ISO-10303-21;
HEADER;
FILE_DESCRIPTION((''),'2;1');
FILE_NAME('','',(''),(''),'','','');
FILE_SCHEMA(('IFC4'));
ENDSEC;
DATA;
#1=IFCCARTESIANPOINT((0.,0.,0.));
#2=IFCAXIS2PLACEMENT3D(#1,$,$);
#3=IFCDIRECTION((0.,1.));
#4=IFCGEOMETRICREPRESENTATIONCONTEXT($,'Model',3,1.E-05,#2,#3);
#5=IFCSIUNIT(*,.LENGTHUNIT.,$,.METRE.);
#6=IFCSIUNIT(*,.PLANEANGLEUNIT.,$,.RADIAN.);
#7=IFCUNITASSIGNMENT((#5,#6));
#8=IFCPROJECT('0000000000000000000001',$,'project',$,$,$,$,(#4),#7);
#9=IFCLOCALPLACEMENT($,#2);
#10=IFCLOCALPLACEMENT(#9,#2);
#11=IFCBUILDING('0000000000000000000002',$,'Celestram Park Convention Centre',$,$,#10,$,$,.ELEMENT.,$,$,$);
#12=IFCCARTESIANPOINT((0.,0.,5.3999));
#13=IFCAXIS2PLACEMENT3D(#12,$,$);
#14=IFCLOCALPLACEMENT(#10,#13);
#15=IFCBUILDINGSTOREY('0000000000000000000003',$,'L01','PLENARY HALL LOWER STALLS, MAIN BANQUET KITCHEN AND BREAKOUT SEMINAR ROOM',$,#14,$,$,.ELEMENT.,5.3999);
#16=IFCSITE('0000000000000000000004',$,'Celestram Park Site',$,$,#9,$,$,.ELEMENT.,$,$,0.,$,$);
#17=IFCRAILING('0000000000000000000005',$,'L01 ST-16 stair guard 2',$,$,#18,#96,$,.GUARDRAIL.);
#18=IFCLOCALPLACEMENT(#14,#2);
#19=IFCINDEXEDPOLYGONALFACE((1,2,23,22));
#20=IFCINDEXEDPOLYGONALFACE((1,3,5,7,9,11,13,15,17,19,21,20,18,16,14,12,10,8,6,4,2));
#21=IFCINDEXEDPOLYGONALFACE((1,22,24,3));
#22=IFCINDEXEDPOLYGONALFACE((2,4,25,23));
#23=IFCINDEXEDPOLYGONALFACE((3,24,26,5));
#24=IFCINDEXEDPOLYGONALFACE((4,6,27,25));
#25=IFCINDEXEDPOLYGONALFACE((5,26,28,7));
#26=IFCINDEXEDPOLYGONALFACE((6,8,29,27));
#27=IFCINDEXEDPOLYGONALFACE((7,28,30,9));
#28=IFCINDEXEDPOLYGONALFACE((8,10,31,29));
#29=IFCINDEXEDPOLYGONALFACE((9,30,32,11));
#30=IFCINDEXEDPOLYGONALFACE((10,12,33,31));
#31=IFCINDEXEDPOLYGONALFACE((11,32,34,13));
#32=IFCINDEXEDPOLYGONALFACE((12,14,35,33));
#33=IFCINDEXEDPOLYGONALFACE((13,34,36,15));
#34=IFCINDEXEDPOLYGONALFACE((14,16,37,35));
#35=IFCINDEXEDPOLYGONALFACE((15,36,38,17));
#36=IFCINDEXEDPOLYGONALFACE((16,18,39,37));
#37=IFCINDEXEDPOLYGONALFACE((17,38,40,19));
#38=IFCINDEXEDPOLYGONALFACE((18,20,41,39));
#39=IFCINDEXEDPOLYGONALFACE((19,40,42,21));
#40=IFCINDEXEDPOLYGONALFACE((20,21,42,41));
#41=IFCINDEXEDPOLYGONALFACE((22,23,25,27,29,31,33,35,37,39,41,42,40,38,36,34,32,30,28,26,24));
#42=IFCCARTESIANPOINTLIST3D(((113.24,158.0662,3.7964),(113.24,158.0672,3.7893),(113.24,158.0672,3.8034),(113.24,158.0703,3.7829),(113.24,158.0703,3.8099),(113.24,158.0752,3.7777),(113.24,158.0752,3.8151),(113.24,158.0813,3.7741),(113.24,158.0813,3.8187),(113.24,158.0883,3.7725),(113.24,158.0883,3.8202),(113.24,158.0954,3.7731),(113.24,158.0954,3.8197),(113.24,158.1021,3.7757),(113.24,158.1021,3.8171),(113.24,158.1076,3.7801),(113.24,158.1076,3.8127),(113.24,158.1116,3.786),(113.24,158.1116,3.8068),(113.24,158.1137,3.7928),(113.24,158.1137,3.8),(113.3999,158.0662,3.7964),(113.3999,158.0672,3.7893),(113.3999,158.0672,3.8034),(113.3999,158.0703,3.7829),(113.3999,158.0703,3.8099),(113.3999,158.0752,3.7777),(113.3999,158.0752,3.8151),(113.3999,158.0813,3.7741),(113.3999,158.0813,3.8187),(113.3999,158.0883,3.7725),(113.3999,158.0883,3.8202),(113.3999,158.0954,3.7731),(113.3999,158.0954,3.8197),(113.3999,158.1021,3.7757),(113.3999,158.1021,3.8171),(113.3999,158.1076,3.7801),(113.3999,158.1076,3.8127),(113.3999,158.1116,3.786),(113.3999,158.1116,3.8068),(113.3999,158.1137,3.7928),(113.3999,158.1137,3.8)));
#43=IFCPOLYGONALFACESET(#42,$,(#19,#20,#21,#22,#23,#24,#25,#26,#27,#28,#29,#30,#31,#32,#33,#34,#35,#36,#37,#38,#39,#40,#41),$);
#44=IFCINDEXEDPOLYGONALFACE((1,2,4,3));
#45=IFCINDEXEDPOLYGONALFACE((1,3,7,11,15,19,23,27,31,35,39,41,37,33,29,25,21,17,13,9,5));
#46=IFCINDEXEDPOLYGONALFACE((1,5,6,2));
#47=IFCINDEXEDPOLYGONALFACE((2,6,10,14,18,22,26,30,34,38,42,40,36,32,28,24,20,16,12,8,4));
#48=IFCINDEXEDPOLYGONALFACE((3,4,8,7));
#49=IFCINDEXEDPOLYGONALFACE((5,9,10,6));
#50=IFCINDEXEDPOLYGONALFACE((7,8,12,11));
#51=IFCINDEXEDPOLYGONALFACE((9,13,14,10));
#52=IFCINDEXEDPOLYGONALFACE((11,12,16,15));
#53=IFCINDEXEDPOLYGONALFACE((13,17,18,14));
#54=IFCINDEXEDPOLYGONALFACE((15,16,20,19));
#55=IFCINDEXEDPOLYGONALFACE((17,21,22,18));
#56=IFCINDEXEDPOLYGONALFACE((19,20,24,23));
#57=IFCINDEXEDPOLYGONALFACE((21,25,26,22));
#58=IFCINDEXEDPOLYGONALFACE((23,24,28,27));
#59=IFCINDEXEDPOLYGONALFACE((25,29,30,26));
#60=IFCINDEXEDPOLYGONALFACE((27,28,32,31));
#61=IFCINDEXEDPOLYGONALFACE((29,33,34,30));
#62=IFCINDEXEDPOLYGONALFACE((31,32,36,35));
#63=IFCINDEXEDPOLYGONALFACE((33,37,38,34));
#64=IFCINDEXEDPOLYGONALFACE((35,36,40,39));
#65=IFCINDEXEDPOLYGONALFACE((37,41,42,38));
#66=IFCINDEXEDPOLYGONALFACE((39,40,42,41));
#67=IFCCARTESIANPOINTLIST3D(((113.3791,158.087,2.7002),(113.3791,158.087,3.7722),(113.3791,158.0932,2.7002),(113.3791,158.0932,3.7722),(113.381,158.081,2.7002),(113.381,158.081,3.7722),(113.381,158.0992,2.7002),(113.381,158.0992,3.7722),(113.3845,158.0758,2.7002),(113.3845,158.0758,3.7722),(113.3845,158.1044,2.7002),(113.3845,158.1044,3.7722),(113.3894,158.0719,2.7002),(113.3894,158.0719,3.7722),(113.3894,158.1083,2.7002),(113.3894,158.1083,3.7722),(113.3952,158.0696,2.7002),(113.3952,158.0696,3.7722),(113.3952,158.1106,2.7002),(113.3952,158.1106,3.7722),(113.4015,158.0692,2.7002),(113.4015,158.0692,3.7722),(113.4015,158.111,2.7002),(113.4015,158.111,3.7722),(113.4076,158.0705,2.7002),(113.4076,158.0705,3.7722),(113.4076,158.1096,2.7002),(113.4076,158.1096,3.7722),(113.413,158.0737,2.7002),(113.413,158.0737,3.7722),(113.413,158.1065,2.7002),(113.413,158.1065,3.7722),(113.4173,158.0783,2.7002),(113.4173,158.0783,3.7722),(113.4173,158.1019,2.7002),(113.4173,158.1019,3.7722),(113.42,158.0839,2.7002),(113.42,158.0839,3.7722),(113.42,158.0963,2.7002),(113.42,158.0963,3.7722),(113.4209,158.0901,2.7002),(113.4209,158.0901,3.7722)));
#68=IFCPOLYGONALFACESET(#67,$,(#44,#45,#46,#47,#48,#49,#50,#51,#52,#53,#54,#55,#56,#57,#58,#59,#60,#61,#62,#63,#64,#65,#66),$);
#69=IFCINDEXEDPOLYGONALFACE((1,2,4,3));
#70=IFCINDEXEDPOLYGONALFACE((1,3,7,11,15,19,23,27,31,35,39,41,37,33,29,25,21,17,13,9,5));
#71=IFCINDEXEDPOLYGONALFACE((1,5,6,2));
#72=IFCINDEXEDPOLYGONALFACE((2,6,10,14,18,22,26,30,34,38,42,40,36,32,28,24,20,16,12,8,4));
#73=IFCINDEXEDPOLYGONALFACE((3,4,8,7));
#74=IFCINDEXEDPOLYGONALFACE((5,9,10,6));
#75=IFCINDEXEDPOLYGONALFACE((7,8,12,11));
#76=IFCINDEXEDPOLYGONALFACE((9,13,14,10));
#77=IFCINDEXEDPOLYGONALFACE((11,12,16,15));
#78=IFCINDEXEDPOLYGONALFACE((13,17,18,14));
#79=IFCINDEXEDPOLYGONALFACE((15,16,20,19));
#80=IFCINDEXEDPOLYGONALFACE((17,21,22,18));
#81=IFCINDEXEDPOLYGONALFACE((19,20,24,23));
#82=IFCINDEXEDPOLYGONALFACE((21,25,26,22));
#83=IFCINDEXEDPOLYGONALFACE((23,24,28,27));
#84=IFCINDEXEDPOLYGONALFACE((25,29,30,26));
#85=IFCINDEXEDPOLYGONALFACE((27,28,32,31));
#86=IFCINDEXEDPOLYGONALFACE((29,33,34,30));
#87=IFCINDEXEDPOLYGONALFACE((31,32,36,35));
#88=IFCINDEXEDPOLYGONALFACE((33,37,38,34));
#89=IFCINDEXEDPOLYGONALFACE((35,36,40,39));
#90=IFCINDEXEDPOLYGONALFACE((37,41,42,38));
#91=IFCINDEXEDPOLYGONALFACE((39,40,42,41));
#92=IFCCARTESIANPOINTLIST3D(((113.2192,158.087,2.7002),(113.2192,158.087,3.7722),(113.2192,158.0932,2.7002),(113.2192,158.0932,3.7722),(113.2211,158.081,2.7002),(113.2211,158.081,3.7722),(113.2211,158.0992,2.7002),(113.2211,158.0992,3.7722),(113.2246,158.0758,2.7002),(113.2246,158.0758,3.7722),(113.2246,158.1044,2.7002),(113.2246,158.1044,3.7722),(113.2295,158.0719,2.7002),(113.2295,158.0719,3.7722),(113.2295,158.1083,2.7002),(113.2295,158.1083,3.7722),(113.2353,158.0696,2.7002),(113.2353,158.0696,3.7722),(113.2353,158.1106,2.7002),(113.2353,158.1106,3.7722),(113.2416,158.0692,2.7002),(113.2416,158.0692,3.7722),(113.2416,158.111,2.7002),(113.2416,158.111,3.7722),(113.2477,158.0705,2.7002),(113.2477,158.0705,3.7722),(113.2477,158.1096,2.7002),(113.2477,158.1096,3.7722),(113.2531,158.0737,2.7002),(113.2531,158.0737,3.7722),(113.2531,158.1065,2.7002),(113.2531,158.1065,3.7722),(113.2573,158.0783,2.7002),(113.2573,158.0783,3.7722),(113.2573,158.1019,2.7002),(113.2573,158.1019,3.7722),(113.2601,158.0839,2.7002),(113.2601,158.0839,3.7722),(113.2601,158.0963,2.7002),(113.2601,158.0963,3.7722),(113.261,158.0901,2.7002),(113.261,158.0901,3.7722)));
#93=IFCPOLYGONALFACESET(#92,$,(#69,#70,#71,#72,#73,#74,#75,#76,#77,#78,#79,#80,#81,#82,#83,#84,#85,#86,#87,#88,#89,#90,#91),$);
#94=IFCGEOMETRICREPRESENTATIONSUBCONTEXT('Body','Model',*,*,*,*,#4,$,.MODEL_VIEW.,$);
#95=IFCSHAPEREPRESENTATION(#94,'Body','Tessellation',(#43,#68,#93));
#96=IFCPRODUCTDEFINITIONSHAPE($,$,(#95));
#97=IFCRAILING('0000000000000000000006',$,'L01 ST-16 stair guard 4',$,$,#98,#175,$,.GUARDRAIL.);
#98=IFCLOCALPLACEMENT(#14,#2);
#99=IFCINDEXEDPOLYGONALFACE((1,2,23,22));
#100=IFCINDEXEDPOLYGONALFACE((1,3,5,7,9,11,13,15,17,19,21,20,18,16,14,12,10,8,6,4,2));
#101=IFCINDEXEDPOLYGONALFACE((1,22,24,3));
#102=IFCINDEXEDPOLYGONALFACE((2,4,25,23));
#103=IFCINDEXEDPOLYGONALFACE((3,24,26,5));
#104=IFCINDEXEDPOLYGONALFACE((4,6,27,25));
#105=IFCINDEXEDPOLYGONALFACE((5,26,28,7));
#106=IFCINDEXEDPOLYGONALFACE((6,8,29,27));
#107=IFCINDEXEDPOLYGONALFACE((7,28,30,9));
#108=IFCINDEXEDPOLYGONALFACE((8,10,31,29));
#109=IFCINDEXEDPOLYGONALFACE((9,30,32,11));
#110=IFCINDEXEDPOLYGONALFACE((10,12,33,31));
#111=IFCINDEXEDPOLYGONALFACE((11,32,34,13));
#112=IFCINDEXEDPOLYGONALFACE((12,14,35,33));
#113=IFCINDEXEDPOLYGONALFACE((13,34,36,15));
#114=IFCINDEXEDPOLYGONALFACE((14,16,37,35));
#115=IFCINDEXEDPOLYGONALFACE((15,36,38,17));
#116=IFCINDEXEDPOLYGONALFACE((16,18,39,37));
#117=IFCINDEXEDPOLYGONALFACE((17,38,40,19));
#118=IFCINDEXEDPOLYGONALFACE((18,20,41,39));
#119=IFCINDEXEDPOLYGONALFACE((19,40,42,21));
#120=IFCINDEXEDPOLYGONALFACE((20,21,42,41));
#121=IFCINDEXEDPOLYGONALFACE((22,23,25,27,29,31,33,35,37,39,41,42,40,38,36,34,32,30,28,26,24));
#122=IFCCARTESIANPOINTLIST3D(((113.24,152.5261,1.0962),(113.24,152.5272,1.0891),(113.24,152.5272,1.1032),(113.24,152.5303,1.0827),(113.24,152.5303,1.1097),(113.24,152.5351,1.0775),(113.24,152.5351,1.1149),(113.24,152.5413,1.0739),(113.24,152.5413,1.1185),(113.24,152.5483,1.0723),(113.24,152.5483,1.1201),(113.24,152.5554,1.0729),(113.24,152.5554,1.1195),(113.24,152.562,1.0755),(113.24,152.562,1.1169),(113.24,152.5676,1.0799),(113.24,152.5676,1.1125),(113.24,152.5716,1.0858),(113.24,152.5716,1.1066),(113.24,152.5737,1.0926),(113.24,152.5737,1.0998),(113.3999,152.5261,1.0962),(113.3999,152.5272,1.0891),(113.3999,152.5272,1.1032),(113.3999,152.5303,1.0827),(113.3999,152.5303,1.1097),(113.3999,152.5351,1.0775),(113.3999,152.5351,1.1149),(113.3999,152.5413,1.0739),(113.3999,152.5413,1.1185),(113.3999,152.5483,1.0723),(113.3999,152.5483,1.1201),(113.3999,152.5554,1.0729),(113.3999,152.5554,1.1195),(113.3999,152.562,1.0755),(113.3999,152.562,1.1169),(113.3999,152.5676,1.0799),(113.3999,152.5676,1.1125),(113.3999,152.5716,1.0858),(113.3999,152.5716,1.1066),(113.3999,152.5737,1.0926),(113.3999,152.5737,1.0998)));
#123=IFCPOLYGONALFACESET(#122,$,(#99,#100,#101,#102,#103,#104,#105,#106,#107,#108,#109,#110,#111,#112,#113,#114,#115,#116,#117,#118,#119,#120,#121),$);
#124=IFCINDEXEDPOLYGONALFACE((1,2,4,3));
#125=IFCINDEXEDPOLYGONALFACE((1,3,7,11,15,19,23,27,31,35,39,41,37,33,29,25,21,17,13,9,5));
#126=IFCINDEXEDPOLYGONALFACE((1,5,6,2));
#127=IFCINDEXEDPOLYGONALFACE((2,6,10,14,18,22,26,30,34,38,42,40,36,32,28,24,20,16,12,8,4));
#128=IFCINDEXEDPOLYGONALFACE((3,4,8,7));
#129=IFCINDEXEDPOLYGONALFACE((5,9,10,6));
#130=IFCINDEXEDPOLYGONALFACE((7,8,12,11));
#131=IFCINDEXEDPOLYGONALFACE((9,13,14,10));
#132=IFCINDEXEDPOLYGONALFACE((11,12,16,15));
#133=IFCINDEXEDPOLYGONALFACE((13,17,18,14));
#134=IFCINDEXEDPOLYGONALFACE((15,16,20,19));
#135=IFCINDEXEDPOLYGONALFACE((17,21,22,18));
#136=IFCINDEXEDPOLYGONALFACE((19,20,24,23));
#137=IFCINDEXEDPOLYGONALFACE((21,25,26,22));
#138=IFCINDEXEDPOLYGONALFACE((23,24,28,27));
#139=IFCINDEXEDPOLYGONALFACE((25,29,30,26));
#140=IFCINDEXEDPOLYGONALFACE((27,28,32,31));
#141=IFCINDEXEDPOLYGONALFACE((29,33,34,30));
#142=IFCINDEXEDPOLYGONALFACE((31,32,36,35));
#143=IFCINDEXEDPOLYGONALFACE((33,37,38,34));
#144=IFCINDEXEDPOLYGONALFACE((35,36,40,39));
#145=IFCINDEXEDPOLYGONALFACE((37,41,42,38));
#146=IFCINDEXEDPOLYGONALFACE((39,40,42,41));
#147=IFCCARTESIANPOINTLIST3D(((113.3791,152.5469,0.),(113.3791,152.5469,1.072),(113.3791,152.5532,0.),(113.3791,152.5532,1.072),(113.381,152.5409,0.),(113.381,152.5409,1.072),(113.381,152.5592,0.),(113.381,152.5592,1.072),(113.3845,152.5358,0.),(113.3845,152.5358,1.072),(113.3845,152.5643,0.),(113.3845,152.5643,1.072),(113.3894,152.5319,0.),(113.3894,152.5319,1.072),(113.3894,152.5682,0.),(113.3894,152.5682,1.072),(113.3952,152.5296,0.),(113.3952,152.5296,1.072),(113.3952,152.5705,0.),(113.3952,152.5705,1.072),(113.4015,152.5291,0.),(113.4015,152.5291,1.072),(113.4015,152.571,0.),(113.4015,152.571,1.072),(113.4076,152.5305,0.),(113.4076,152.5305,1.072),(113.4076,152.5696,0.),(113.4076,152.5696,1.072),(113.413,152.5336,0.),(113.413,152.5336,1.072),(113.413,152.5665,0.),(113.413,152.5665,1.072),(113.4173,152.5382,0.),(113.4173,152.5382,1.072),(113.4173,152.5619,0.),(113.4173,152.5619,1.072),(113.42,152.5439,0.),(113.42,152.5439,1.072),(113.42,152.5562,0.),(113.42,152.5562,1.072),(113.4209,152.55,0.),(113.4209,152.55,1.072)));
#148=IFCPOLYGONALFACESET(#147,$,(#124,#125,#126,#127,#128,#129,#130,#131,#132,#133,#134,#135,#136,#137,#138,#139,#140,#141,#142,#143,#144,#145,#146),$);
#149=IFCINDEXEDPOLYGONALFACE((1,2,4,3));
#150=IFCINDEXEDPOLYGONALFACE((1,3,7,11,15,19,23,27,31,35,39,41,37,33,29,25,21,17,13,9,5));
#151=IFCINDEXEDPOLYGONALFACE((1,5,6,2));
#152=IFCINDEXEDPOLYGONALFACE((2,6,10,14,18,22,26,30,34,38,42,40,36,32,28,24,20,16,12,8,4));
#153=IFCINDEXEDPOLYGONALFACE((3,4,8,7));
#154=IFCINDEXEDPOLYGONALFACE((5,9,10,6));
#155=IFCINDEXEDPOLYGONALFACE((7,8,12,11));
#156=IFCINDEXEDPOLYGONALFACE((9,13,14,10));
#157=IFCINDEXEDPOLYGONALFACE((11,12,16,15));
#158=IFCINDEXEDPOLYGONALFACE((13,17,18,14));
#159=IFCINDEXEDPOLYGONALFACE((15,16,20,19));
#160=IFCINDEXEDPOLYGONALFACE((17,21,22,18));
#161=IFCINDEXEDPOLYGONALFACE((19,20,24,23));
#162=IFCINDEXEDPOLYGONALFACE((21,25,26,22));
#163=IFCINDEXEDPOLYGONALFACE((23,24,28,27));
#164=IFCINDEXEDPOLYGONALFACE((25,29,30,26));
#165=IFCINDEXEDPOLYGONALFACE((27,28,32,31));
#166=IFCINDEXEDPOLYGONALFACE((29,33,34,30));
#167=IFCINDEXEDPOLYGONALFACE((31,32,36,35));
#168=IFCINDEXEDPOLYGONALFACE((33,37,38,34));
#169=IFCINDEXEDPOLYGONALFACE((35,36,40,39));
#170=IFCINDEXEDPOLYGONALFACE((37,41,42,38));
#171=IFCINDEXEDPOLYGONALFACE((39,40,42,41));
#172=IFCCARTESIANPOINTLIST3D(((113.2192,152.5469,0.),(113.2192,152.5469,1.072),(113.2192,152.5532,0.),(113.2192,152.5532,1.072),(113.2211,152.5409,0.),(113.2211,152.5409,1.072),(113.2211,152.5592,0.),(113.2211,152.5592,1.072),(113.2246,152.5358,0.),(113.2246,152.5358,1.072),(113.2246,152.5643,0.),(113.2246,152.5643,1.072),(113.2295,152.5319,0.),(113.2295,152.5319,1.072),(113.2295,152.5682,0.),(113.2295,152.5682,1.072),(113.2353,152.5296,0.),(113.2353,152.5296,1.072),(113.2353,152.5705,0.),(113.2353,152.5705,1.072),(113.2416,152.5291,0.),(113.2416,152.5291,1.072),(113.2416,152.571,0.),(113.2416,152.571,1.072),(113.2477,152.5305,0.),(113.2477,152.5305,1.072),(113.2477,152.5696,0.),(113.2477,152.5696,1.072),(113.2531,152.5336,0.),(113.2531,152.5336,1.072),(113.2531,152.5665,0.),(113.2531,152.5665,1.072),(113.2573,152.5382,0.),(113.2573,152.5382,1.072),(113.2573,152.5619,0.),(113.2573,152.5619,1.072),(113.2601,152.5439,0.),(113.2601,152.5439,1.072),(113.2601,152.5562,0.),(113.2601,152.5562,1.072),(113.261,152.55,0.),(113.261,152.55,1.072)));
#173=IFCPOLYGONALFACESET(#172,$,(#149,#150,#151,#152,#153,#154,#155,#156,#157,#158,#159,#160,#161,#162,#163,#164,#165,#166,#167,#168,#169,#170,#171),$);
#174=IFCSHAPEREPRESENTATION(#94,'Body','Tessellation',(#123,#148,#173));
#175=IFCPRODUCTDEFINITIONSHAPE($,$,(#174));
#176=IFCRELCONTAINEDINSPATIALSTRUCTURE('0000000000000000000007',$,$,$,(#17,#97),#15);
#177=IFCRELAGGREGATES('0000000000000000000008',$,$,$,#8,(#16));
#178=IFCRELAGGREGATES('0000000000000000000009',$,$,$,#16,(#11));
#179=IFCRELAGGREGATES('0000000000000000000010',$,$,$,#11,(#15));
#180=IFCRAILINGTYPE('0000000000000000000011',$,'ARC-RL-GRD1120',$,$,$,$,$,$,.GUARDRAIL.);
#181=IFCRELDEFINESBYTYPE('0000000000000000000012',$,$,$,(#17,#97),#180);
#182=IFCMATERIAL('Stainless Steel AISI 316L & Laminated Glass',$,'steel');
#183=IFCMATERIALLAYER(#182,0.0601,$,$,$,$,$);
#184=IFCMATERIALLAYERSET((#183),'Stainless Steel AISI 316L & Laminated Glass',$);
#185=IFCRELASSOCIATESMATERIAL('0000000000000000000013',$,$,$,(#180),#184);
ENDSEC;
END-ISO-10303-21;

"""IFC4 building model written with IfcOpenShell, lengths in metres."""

from ifc_helpers import new_model, si_unit, direction, frame, origin, origin_2d, place, context, subcontext, project, spatial, circle, extrude, material, layer, layer_set, type_object, element, save


model = new_model("IFC4")

# Units and contexts
model_context = context("Model", 3, precision=1e-05, world=origin(), true_north=direction((0.0, 1.0)))
body_context = subcontext(model_context, "Body", "Model", "MODEL_VIEW")
ifc_project = project(units=[si_unit("LENGTHUNIT", "METRE"), si_unit("PLANEANGLEUNIT", "RADIAN")], contexts=[model_context])

# Site, building, storey
site_placement = place(None, origin())
site = spatial("IfcSite", under=ifc_project, at=site_placement, Name="Celestram Park Site", CompositionType="ELEMENT", RefElevation=0.0)
building_placement = place(site_placement, origin())
building = spatial("IfcBuilding", under=site, at=building_placement, Name="Celestram Park Convention Centre", CompositionType="ELEMENT")
storey_placement = place(building_placement, frame((0.0, 0.0, 5.3999)))
storey = spatial("IfcBuildingStorey", under=building, at=storey_placement, Name="L01", Description="PLENARY HALL LOWER STALLS, MAIN BANQUET KITCHEN AND BREAKOUT SEMINAR ROOM", CompositionType="ELEMENT", Elevation=5.3999)

# Railings
ifc_material_1 = material(Name="Stainless Steel AISI 316L & Laminated Glass", Category="steel")
ifc_layer_1 = layer(ifc_material_1, 0.0601)
ifc_layer_set_1 = layer_set([ifc_layer_1], Name="Stainless Steel AISI 316L & Laminated Glass")
railing_type_1 = type_object("IfcRailingType", Name="ARC-RL-GRD1120", PredefinedType="GUARDRAIL", material=ifc_layer_set_1)
railing_1_placement = place(storey_placement, frame((113.3999, 158.0901, 2.7002)))
element("IfcRailing", 1, at=railing_1_placement, inside=storey, type_object=railing_type_1, Name="L01 ST-16 stair guard 2", PredefinedType="GUARDRAIL", context=body_context, shape_type="SweptSolid", body=[
    extrude(circle(Radius=0.0239, at=origin_2d()), frame((0.0, 0.0, 1.0962), z_axis=(-1.0, 0.0, 0.0), x_axis=(0.0, -1.0, 0.0)), (0.0, 0.0, 1.0), 0.1599),
    extrude(circle(Radius=0.021, at=origin_2d()), origin(), (0.0, 0.0, 1.0), 1.072),
    extrude(circle(Radius=0.021, at=origin_2d()), frame((-0.1599, 0.0, 0.0)), (0.0, 0.0, 1.0), 1.072),
])
railing_2_placement = place(storey_placement, frame((113.3999, 152.55, 0.0)))
element("IfcRailing", 2, at=railing_2_placement, inside=storey, type_object=railing_type_1, Name="L01 ST-16 stair guard 4", PredefinedType="GUARDRAIL", context=body_context, shape_type="SweptSolid", body=[
    extrude(circle(Radius=0.0239, at=origin_2d()), frame((0.0, 0.0, 1.0962), z_axis=(-1.0, 0.0, 0.0), x_axis=(0.0, -1.0, 0.0)), (0.0, 0.0, 1.0), 0.1599),
    extrude(circle(Radius=0.021, at=origin_2d()), origin(), (0.0, 0.0, 1.0), 1.072),
    extrude(circle(Radius=0.021, at=origin_2d()), frame((-0.1599, 0.0, 0.0)), (0.0, 0.0, 1.0), 1.072),
])

save(model, "model.ifc")
